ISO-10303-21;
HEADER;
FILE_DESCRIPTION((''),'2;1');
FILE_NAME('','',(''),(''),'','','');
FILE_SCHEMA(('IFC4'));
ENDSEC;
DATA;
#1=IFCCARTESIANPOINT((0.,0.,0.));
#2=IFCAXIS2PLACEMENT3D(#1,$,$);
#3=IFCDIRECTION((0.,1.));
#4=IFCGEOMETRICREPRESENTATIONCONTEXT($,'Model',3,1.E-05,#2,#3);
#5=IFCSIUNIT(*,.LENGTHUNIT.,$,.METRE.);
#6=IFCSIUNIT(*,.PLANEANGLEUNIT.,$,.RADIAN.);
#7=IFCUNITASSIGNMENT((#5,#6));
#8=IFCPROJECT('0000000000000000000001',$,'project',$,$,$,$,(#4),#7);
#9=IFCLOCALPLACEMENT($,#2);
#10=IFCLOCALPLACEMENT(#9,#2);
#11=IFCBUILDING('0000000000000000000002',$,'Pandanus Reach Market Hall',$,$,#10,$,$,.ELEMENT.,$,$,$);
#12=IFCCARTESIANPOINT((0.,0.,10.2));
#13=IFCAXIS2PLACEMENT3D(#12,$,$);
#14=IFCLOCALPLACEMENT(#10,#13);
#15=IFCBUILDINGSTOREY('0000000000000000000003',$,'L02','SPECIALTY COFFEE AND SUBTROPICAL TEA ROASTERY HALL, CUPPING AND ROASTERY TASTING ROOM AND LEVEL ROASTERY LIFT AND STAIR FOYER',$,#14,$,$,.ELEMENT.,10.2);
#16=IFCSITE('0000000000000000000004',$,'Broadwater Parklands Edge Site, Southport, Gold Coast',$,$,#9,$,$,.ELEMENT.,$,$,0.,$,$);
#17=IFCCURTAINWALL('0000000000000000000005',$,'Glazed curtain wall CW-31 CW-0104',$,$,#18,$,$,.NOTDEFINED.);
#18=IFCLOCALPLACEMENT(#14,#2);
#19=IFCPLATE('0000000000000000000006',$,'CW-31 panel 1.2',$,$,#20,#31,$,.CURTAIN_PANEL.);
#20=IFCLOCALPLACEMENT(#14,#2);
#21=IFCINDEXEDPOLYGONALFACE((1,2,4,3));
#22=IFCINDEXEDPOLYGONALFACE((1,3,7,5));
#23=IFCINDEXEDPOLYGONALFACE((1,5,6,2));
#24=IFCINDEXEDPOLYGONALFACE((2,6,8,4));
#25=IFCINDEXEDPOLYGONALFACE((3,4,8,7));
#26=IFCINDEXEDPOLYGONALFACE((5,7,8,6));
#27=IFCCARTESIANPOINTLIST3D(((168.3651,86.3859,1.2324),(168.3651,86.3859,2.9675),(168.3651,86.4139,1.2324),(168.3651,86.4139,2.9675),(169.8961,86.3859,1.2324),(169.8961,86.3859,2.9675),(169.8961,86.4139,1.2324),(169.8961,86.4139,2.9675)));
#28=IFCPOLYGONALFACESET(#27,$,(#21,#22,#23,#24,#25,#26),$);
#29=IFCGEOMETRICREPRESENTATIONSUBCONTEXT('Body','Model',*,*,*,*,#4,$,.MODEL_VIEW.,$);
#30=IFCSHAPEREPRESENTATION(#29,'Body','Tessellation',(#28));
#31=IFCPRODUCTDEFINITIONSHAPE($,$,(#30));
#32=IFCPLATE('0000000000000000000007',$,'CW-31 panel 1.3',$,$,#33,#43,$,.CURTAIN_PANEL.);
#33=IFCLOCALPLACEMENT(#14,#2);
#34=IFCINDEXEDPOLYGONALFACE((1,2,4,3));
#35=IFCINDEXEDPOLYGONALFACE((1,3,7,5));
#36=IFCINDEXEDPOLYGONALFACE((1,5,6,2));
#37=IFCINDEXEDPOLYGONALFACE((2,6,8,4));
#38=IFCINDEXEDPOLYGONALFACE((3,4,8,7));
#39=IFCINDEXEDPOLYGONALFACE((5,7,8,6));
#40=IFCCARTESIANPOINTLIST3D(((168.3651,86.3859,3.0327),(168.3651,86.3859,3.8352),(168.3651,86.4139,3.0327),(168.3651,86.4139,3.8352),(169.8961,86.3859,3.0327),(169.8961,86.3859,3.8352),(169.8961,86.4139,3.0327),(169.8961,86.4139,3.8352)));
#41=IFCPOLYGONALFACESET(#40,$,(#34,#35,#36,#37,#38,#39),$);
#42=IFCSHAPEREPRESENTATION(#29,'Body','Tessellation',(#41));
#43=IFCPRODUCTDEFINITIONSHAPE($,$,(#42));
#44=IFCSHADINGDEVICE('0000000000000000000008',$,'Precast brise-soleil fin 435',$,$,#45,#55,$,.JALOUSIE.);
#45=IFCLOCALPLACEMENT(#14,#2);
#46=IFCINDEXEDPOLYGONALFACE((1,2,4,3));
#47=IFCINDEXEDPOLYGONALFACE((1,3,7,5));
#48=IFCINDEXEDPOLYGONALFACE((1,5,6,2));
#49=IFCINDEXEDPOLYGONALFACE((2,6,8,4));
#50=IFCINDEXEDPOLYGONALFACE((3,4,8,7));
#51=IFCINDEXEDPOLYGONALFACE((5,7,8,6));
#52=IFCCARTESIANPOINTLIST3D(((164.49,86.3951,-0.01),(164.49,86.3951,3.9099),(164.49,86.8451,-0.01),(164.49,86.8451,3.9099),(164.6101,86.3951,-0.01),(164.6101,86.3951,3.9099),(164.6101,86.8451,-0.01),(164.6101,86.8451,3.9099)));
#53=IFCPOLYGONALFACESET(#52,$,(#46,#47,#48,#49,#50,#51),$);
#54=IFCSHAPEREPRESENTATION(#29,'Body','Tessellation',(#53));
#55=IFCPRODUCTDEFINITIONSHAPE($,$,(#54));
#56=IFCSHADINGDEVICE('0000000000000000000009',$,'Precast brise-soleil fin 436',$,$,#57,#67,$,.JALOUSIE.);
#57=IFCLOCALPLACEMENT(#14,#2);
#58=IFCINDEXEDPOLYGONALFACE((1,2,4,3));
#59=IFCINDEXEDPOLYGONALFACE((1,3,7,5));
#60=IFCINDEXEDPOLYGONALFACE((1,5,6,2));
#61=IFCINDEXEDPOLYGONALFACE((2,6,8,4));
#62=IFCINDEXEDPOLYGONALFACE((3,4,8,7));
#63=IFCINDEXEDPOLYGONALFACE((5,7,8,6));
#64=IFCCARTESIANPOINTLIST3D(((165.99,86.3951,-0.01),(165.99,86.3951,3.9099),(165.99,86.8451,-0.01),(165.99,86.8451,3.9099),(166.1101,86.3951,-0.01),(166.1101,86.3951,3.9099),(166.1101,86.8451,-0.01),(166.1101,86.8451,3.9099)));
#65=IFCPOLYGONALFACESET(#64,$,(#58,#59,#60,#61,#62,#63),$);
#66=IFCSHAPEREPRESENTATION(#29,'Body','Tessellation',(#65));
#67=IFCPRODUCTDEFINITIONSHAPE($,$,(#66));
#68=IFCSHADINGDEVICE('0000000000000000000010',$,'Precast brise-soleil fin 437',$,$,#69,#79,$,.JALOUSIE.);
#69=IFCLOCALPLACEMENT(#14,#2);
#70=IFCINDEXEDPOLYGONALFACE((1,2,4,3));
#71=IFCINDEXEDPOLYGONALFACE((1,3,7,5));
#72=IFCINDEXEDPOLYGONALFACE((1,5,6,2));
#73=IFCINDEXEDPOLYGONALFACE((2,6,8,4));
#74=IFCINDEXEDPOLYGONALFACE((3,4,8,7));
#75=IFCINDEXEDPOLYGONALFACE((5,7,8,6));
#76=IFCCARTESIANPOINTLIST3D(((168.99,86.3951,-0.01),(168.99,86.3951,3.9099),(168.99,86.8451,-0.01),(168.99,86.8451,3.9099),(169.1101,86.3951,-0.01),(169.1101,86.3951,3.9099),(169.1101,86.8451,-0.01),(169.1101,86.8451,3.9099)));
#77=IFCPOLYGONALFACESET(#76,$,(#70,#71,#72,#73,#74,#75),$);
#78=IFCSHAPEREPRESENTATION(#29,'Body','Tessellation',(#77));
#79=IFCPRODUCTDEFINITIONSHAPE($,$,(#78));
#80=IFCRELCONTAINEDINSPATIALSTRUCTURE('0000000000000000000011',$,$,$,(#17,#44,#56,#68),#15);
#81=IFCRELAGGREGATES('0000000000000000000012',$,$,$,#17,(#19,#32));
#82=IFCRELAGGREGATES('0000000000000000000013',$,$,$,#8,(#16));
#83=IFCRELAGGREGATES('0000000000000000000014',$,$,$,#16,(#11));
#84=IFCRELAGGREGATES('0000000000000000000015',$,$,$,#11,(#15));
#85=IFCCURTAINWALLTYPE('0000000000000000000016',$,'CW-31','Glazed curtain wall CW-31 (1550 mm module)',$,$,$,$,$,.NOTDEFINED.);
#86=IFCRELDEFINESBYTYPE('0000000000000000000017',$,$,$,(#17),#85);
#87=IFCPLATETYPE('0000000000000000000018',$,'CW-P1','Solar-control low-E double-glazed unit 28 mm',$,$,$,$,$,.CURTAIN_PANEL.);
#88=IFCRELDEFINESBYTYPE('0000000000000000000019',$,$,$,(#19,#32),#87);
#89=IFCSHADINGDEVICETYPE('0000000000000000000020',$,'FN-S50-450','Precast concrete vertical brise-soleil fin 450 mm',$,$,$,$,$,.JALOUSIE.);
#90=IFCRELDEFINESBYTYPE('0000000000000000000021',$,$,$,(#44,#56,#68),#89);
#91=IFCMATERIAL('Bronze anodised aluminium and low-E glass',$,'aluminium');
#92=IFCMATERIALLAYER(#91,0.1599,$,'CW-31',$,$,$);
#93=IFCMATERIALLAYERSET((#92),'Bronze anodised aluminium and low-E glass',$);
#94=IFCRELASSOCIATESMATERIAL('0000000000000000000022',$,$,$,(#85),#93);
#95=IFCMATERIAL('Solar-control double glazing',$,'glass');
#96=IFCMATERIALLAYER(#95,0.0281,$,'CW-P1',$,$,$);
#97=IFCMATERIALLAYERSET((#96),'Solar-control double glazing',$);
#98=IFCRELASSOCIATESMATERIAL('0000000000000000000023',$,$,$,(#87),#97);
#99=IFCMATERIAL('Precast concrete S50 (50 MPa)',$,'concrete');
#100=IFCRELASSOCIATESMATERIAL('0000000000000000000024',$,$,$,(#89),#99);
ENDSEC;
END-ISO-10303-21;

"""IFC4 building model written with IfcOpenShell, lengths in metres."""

from ifc_helpers import new_model, si_unit, direction, frame, origin, origin_2d, place, context, subcontext, project, spatial, rectangle, extrude, material, layer, layer_set, type_object, element, aggregate, save


model = new_model("IFC4")

# Units and contexts
model_context = context("Model", 3, precision=1e-05, world=origin(), true_north=direction((0.0, 1.0)))
body_context = subcontext(model_context, "Body", "Model", "MODEL_VIEW")
ifc_project = project(units=[si_unit("LENGTHUNIT", "METRE"), si_unit("PLANEANGLEUNIT", "RADIAN")], contexts=[model_context])

# Site, building, storey
site_placement = place(None, origin())
site = spatial("IfcSite", under=ifc_project, at=site_placement, Name="Broadwater Parklands Edge Site, Southport, Gold Coast", CompositionType="ELEMENT", RefElevation=0.0)
building_placement = place(site_placement, origin())
building = spatial("IfcBuilding", under=site, at=building_placement, Name="Pandanus Reach Market Hall", CompositionType="ELEMENT")
storey_placement = place(building_placement, frame((0.0, 0.0, 10.2)))
storey = spatial("IfcBuildingStorey", under=building, at=storey_placement, Name="L02", Description="SPECIALTY COFFEE AND SUBTROPICAL TEA ROASTERY HALL, CUPPING AND ROASTERY TASTING ROOM AND LEVEL ROASTERY LIFT AND STAIR FOYER", CompositionType="ELEMENT", Elevation=10.2)

# Shared definitions
ifc_material_1 = material(Name="Bronze anodised aluminium and low-E glass", Category="aluminium")
ifc_layer_1 = layer(ifc_material_1, 0.1599, Name="CW-31")
ifc_layer_set_1 = layer_set([ifc_layer_1], Name="Bronze anodised aluminium and low-E glass")
curtain_wall_type = type_object("IfcCurtainWallType", Name="CW-31", Description="Glazed curtain wall CW-31 (1550 mm module)", PredefinedType="NOTDEFINED", material=ifc_layer_set_1)

# Curtain wall
curtain_wall_1_placement = place(storey_placement, origin())
curtain_wall_1 = element("IfcCurtainWall", 1, at=curtain_wall_1_placement, inside=storey, type_object=curtain_wall_type, Name="Glazed curtain wall CW-31 CW-0104", PredefinedType="NOTDEFINED")

# Plates
ifc_material_2 = material(Name="Solar-control double glazing", Category="glass")
ifc_layer_2 = layer(ifc_material_2, 0.0281, Name="CW-P1")
ifc_layer_set_2 = layer_set([ifc_layer_2], Name="Solar-control double glazing")
plate_type = type_object("IfcPlateType", Name="CW-P1", Description="Solar-control low-E double-glazed unit 28 mm", PredefinedType="CURTAIN_PANEL", material=ifc_layer_set_2)
plate_1_placement = place(storey_placement, frame((169.1306, 86.3999, 1.2324), z_axis=(0.0, 0.0, 1.0), x_axis=(1.0, 0.0, 0.0)))
plate_1 = element("IfcPlate", 2, at=plate_1_placement, type_object=plate_type, Name="CW-31 panel 1.2", PredefinedType="CURTAIN_PANEL", context=body_context, shape_type="SweptSolid", body=[
    extrude(rectangle(XDim=1.531, YDim=0.0281, at=origin_2d()), origin(), (0.0, 0.0, 1.0), 1.7351),
])
plate_2_placement = place(storey_placement, frame((169.1306, 86.3999, 3.0327), z_axis=(0.0, 0.0, 1.0), x_axis=(1.0, 0.0, 0.0)))
plate_2 = element("IfcPlate", 3, at=plate_2_placement, type_object=plate_type, Name="CW-31 panel 1.3", PredefinedType="CURTAIN_PANEL", context=body_context, shape_type="SweptSolid", body=[
    extrude(rectangle(XDim=1.531, YDim=0.0281, at=origin_2d()), origin(), (0.0, 0.0, 1.0), 0.8025),
])
aggregate(curtain_wall_1, [plate_1, plate_2])

# Shading devices
ifc_material_3 = material(Name="Precast concrete S50 (50 MPa)", Category="concrete")
shading_device_type = type_object("IfcShadingDeviceType", Name="FN-S50-450", Description="Precast concrete vertical brise-soleil fin 450 mm", PredefinedType="JALOUSIE", material=ifc_material_3)
for number, where, z_axis, x_axis, name in (
    (4, (164.55, 86.6201, -0.01), (0.0, 0.0, 1.0), (0.0, 1.0, 0.0), "Precast brise-soleil fin 435"),
    (5, (166.05, 86.6201, -0.01), (0.0, 0.0, 1.0), (0.0, 1.0, 0.0), "Precast brise-soleil fin 436"),
    (6, (169.05, 86.6201, -0.01), (0.0, 0.0, 1.0), (0.0, 1.0, 0.0), "Precast brise-soleil fin 437"),
):
    element("IfcShadingDevice", number, at=place(storey_placement, frame(where, z_axis=z_axis, x_axis=x_axis)), inside=storey, type_object=shading_device_type, Name=name, PredefinedType="JALOUSIE", context=body_context, shape_type="SweptSolid", body=[
        extrude(rectangle(XDim=0.45, YDim=0.1201, at=origin_2d()), origin(), (0.0, 0.0, 1.0), 3.9199),
    ])

save(model, "model.ifc")
